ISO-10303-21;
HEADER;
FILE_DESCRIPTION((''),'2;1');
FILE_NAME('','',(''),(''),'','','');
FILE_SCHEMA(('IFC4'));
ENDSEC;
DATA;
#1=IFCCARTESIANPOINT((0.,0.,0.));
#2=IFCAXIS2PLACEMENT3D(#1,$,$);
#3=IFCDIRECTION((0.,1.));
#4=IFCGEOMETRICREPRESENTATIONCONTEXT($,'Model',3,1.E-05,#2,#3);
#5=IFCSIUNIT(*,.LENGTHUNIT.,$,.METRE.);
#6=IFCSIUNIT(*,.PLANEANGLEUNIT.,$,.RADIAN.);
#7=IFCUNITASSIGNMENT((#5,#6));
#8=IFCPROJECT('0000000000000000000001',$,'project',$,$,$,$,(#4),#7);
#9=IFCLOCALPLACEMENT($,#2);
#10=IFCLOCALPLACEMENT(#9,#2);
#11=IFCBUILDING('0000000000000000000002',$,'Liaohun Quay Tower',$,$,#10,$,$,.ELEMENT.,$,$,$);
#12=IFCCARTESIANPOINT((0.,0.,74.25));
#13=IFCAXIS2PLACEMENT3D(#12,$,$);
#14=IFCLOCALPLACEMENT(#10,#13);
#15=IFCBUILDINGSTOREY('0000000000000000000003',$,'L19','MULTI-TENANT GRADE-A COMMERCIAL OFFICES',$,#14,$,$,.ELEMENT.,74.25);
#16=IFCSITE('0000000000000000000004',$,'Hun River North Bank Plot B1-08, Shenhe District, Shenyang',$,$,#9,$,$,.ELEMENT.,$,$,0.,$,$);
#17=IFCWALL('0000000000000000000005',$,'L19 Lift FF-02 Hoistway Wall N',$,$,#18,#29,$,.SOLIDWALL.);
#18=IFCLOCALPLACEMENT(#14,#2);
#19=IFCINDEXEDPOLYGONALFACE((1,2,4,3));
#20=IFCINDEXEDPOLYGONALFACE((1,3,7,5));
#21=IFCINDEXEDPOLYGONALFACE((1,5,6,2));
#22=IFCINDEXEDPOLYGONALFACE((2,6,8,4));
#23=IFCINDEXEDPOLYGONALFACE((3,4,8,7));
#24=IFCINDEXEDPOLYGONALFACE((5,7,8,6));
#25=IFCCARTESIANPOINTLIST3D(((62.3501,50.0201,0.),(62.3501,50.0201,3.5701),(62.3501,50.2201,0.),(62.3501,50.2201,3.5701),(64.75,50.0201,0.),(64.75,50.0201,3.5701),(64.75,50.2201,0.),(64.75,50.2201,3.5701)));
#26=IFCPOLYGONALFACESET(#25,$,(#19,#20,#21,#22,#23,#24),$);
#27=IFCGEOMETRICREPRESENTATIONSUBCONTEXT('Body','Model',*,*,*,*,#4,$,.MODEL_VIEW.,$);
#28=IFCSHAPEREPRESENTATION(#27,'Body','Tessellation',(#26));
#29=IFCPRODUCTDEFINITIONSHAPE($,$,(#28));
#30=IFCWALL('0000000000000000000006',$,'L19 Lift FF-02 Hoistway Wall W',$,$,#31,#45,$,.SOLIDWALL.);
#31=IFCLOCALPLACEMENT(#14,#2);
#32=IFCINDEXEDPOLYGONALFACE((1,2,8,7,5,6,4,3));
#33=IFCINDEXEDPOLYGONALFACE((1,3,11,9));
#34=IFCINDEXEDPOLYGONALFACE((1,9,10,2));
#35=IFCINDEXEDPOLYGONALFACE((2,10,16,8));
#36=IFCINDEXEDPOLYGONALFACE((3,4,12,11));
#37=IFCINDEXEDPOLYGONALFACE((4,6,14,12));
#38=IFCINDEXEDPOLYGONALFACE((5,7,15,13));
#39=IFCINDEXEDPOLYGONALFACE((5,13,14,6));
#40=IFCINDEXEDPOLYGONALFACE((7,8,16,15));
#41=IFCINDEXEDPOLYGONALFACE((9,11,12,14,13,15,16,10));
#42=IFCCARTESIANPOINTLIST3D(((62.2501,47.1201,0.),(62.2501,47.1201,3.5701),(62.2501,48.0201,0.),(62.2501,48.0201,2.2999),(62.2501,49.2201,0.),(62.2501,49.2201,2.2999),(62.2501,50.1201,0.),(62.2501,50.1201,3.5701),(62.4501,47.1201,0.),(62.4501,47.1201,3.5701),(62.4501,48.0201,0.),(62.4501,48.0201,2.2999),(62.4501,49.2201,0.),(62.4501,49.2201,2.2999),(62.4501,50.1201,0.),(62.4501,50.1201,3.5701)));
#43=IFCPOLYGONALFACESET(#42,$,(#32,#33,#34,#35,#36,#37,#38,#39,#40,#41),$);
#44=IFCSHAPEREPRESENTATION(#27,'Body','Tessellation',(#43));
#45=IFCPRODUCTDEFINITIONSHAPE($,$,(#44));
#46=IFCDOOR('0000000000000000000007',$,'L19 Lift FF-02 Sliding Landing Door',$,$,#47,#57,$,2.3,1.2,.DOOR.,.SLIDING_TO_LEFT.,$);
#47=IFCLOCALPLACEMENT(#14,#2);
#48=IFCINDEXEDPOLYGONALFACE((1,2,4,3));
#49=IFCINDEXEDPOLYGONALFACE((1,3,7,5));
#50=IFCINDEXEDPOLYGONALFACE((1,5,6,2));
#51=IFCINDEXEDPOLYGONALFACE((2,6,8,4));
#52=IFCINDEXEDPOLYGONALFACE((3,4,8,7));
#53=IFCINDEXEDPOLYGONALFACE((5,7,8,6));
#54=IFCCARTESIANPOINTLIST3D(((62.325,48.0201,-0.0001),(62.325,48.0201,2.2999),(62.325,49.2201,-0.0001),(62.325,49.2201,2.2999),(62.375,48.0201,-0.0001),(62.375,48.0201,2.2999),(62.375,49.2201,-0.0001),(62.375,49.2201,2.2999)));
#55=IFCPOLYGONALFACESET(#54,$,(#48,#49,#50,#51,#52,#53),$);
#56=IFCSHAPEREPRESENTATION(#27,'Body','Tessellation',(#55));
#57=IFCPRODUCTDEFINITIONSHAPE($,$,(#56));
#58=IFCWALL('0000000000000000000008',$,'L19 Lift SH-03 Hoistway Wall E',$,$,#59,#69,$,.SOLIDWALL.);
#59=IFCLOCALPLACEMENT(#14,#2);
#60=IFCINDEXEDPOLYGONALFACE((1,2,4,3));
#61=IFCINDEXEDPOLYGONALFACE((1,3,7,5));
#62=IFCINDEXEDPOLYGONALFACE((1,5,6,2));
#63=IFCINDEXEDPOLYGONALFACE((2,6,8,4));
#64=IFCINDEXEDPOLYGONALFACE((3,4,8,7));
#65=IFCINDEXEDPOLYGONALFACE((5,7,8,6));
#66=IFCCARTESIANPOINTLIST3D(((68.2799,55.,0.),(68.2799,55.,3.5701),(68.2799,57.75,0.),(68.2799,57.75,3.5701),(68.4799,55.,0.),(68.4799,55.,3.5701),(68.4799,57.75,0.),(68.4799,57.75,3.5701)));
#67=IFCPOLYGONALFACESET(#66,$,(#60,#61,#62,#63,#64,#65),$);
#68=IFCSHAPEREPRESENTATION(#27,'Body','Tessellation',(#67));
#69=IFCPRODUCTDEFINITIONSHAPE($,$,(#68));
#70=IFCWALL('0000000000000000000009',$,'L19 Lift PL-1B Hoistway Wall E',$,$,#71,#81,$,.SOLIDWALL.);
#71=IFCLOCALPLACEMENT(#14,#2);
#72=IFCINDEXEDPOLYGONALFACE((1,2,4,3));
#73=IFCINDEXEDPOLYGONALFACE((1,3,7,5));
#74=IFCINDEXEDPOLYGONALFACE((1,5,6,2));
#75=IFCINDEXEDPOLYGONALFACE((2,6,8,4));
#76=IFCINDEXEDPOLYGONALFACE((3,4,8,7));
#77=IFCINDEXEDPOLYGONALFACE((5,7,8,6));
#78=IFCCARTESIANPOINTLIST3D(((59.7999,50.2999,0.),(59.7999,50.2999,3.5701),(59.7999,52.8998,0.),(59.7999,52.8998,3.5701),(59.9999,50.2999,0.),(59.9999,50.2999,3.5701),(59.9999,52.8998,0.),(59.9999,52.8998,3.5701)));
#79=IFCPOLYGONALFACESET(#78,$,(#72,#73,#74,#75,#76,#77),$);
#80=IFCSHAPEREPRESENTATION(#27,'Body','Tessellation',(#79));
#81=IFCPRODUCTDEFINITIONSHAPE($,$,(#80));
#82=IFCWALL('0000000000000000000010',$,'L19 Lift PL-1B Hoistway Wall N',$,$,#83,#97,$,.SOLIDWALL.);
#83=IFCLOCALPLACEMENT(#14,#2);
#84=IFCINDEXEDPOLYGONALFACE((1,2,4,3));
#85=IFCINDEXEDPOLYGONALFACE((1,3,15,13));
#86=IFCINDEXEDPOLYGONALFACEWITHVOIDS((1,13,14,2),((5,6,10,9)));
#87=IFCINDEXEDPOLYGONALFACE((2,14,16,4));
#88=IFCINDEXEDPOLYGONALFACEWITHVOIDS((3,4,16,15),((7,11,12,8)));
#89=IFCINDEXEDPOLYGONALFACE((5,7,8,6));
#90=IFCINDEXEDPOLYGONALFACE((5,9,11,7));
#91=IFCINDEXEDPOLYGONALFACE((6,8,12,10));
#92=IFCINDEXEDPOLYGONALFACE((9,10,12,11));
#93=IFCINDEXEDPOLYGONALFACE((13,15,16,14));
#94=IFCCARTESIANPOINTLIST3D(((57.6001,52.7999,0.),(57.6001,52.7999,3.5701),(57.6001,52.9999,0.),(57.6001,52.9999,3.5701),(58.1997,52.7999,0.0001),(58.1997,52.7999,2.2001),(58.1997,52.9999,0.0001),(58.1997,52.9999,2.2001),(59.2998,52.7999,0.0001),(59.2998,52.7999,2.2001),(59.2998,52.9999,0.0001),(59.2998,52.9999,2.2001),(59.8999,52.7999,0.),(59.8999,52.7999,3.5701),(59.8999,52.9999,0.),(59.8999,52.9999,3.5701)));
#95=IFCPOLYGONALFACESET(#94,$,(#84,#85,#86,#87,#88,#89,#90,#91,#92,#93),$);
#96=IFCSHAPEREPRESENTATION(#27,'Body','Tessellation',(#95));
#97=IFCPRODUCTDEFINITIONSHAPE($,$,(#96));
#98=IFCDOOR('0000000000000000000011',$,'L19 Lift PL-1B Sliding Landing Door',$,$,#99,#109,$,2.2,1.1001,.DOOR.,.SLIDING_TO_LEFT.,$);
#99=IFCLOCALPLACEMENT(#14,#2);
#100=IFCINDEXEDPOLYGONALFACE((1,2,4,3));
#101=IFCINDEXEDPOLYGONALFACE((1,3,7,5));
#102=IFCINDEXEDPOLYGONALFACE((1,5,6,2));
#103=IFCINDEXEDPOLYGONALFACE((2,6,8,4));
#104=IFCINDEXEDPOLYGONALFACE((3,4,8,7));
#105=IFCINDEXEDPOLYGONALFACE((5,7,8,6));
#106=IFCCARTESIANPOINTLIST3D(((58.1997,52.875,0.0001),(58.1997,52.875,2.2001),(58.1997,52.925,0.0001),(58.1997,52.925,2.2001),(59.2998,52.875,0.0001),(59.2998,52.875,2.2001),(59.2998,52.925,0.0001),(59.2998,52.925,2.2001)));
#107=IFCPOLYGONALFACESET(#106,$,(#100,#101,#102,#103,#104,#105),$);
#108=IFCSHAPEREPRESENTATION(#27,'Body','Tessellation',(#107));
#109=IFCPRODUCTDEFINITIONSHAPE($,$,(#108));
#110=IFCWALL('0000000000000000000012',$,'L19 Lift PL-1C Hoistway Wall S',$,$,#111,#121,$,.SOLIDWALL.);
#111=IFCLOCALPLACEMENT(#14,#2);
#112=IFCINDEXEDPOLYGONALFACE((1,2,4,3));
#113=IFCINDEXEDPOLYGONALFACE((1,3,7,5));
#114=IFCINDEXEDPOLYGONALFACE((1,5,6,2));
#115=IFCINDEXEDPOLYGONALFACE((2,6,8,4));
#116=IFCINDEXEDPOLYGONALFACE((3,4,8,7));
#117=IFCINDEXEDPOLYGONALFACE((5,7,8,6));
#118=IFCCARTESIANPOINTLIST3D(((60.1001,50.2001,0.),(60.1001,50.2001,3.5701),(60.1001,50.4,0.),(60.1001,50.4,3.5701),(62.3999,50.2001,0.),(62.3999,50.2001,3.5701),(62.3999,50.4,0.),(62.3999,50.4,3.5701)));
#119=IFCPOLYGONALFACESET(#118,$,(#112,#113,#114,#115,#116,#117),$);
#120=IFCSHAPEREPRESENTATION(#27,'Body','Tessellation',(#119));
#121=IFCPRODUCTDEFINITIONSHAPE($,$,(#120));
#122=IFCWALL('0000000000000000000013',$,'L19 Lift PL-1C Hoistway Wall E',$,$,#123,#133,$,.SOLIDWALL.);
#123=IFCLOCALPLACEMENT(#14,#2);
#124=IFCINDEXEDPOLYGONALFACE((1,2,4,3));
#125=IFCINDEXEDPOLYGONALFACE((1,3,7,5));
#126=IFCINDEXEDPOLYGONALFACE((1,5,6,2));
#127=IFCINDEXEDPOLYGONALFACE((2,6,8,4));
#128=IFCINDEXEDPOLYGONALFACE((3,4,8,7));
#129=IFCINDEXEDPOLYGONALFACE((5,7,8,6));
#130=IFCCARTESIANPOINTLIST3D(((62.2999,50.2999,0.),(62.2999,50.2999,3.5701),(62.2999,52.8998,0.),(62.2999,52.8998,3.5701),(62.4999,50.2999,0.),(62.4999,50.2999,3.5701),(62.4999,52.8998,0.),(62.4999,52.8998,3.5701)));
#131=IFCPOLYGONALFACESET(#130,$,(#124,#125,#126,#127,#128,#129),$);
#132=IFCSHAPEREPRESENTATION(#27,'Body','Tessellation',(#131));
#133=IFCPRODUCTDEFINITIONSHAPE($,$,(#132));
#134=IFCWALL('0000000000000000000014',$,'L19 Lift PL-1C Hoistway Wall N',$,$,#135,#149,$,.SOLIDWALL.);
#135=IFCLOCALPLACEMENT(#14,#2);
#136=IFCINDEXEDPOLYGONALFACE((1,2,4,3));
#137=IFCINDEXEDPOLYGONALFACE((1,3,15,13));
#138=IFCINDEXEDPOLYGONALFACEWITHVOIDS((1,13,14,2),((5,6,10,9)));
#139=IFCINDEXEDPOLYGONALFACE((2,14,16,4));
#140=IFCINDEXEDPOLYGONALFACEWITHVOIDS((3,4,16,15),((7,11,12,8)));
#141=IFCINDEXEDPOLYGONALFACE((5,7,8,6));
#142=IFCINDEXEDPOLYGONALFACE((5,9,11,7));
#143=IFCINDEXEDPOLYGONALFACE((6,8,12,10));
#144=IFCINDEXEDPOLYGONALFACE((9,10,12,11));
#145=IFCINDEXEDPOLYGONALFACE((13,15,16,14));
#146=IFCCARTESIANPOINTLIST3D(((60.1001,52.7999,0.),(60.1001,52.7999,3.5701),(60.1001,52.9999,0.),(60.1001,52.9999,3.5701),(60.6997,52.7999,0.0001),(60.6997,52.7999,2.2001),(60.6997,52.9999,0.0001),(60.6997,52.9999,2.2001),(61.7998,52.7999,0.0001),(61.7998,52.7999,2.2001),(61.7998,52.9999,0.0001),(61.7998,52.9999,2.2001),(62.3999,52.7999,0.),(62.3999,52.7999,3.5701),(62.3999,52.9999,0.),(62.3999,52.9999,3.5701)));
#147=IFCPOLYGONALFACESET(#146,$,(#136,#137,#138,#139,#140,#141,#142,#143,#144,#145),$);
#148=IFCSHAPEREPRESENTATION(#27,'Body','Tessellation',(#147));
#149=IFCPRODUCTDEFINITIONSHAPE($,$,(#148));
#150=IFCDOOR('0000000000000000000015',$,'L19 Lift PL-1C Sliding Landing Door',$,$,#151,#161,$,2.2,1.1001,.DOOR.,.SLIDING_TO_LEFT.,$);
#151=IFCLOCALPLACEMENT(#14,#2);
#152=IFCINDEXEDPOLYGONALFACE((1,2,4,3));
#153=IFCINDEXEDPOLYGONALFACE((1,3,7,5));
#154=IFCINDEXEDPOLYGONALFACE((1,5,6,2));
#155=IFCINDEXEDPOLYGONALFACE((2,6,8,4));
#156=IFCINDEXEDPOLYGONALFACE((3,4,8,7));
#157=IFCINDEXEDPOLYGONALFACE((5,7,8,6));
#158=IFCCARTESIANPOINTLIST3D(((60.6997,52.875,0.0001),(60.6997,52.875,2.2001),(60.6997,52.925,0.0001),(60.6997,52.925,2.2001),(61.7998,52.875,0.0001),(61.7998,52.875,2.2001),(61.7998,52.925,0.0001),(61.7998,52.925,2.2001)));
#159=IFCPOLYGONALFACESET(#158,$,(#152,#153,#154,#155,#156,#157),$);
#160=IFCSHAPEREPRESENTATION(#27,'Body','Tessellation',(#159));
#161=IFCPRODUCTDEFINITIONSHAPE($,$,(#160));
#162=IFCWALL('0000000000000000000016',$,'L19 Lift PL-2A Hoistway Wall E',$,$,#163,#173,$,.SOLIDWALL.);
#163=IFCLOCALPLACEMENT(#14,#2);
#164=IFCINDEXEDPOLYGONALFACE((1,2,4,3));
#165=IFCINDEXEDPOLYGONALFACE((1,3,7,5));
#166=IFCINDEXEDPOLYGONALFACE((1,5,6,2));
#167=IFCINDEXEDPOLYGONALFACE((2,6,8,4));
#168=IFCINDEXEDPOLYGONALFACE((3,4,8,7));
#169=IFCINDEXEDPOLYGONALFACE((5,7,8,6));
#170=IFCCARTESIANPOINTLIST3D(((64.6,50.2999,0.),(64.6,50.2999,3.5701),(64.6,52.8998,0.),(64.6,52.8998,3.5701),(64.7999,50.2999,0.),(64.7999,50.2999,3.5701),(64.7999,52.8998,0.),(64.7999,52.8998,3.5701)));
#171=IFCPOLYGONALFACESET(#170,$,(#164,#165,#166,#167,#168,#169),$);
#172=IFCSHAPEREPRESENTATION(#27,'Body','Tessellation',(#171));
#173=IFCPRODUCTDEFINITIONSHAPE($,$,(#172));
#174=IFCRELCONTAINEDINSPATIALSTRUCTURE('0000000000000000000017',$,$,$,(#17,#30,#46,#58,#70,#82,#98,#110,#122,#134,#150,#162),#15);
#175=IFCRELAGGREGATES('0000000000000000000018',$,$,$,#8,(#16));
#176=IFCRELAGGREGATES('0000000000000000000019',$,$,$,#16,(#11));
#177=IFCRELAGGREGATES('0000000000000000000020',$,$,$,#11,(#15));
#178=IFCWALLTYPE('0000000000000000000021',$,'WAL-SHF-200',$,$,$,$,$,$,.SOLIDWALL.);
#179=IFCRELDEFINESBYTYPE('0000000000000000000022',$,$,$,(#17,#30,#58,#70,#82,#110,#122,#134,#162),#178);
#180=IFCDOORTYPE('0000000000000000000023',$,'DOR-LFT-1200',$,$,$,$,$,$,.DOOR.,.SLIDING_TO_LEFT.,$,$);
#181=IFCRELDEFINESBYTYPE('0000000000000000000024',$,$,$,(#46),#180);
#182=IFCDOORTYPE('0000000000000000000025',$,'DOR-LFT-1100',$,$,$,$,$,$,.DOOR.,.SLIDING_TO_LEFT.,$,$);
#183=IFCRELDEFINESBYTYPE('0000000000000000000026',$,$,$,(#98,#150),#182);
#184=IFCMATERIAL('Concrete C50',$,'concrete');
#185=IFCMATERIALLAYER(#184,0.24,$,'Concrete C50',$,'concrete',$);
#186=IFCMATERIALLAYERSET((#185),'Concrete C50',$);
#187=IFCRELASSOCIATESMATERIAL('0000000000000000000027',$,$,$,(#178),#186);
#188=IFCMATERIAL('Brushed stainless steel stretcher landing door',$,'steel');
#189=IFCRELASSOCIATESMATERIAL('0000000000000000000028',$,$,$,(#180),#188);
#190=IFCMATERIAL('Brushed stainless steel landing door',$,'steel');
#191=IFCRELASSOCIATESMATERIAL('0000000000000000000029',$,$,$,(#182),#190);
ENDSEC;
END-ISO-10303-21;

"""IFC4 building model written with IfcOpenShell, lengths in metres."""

from ifc_helpers import new_model, si_unit, direction, frame, frame_2d, origin, place, context, subcontext, project, spatial, rectangle, extrude, source, transform, mapped, material, layer, layer_set, type_object, element, fill, save


model = new_model("IFC4")

# Units and contexts
model_context = context("Model", 3, precision=1e-05, world=origin(), true_north=direction((0.0, 1.0)))
body_context = subcontext(model_context, "Body", "Model", "MODEL_VIEW")
ifc_project = project(units=[si_unit("LENGTHUNIT", "METRE"), si_unit("PLANEANGLEUNIT", "RADIAN")], contexts=[model_context])

# Site, building, storey
site_placement = place(None, origin())
site = spatial("IfcSite", under=ifc_project, at=site_placement, Name="Hun River North Bank Plot B1-08, Shenhe District, Shenyang", CompositionType="ELEMENT", RefElevation=0.0)
building_placement = place(site_placement, origin())
building = spatial("IfcBuilding", under=site, at=building_placement, Name="Liaohun Quay Tower", CompositionType="ELEMENT")
storey_placement = place(building_placement, frame((0.0, 0.0, 74.25)))
storey = spatial("IfcBuildingStorey", under=building, at=storey_placement, Name="L19", Description="MULTI-TENANT GRADE-A COMMERCIAL OFFICES", CompositionType="ELEMENT", Elevation=74.25)

# Shared definitions
ifc_material_1 = material(Name="Concrete C50", Category="concrete")
ifc_layer_1 = layer(ifc_material_1, 0.24, Name="Concrete C50", Category="concrete")
ifc_layer_set_1 = layer_set([ifc_layer_1], Name="Concrete C50")
wall_type_1 = type_object("IfcWallType", Name="WAL-SHF-200", PredefinedType="SOLIDWALL", material=ifc_layer_set_1)

# Wall
wall_1_placement = place(storey_placement, frame((64.75, 50.1201, 0.0), z_axis=(0.0, 0.0, 1.0), x_axis=(-1.0, 0.0, 0.0)))
element("IfcWall", 1, at=wall_1_placement, inside=storey, type_object=wall_type_1, Name="L19 Lift FF-02 Hoistway Wall N", PredefinedType="SOLIDWALL", context=body_context, shape_type="SweptSolid", body=[
    extrude(rectangle(XDim=2.3999, YDim=0.2, at=frame_2d((1.2, 0.0))), origin(), (0.0, 0.0, 1.0), 3.5701),
])

# Wall, opening, door
wall_2_placement = place(storey_placement, frame((62.3501, 50.1201, 0.0), z_axis=(0.0, 0.0, 1.0), x_axis=(0.0, -1.0, 0.0)))
wall_2 = element("IfcWall", 2, at=wall_2_placement, inside=storey, type_object=wall_type_1, Name="L19 Lift FF-02 Hoistway Wall W", PredefinedType="SOLIDWALL", context=body_context, shape_type="SweptSolid", body=[
    extrude(rectangle(XDim=3.0, YDim=0.2, at=frame_2d((1.5, 0.0))), origin(), (0.0, 0.0, 1.0), 3.5701),
])
shared_shape_1 = source(origin(), body_context, "Body", "SweptSolid", [
    extrude(rectangle(XDim=1.2, YDim=2.3, at=frame_2d((0.6001, 1.1499))), frame((0.0, 0.1099, 0.0), z_axis=(0.0, -1.0, 0.0), x_axis=(1.0, 0.0, 0.0)), (0.0, 0.0, 1.0), 0.22),
])
opening_1_placement = place(wall_2_placement, frame((0.8999, 0.0, 0.0)))
opening_1 = element("IfcOpeningElement", 3, at=opening_1_placement, cuts=wall_2, PredefinedType="OPENING", context=body_context, shape_type="MappedRepresentation", body=[
    mapped(shared_shape_1, transform((0.0, 0.0, 0.0), x_axis=(1.0, 0.0, 0.0), y_axis=(0.0, 1.0, 0.0), z_axis=(0.0, 0.0, 1.0), scale=1.0)),
])
ifc_material_2 = material(Name="Brushed stainless steel stretcher landing door", Category="steel")
door_type_1 = type_object("IfcDoorType", Name="DOR-LFT-1200", OperationType="SLIDING_TO_LEFT", PredefinedType="DOOR", material=ifc_material_2)
shared_shape_2 = source(origin(), body_context, "Body", "SweptSolid", [
    extrude(rectangle(XDim=1.2, YDim=2.3, at=frame_2d((0.6001, 1.1499))), frame((0.0, 0.0249, 0.0), z_axis=(0.0, -1.0, 0.0), x_axis=(1.0, 0.0, 0.0)), (0.0, 0.0, 1.0), 0.05),
])
door_1_placement = place(opening_1_placement, origin())
door_1 = element("IfcDoor", 4, at=door_1_placement, inside=storey, type_object=door_type_1, Name="L19 Lift FF-02 Sliding Landing Door", OperationType="SLIDING_TO_LEFT", OverallHeight=2.3, OverallWidth=1.2, PredefinedType="DOOR", context=body_context, shape_type="MappedRepresentation", body=[
    mapped(shared_shape_2, transform((0.0, 0.0, 0.0), x_axis=(1.0, 0.0, 0.0), y_axis=(0.0, 1.0, 0.0), z_axis=(0.0, 0.0, 1.0), scale=1.0)),
])
fill(opening_1, door_1)

# Walls
wall_3_placement = place(storey_placement, frame((68.3799, 55.0, 0.0), z_axis=(0.0, 0.0, 1.0), x_axis=(0.0, 1.0, 0.0)))
element("IfcWall", 5, at=wall_3_placement, inside=storey, type_object=wall_type_1, Name="L19 Lift SH-03 Hoistway Wall E", PredefinedType="SOLIDWALL", context=body_context, shape_type="SweptSolid", body=[
    extrude(rectangle(XDim=2.75, YDim=0.2, at=frame_2d((1.375, 0.0))), origin(), (0.0, 0.0, 1.0), 3.5701),
])
wall_4_placement = place(storey_placement, frame((59.8999, 50.3, 0.0), z_axis=(0.0, 0.0, 1.0), x_axis=(0.0, 1.0, 0.0)))
element("IfcWall", 6, at=wall_4_placement, inside=storey, type_object=wall_type_1, Name="L19 Lift PL-1B Hoistway Wall E", PredefinedType="SOLIDWALL", context=body_context, shape_type="SweptSolid", body=[
    extrude(rectangle(XDim=2.5999, YDim=0.2, at=frame_2d((1.2998, 0.0))), origin(), (0.0, 0.0, 1.0), 3.5701),
])

# Wall, opening, door
wall_5_placement = place(storey_placement, frame((59.8999, 52.8999, 0.0), z_axis=(0.0, 0.0, 1.0), x_axis=(-1.0, 0.0, 0.0)))
wall_5 = element("IfcWall", 7, at=wall_5_placement, inside=storey, type_object=wall_type_1, Name="L19 Lift PL-1B Hoistway Wall N", PredefinedType="SOLIDWALL", context=body_context, shape_type="SweptSolid", body=[
    extrude(rectangle(XDim=2.2998, YDim=0.2, at=frame_2d((1.1499, 0.0))), origin(), (0.0, 0.0, 1.0), 3.5701),
])
shared_shape_3 = source(origin(), body_context, "Body", "SweptSolid", [
    extrude(rectangle(XDim=1.1001, YDim=2.2, at=frame_2d((0.55, 1.1001))), frame((0.0, 0.1099, 0.0), z_axis=(0.0, -1.0, 0.0), x_axis=(1.0, 0.0, 0.0)), (0.0, 0.0, 1.0), 0.22),
])
opening_2_placement = place(wall_5_placement, frame((0.6001, 0.0, 0.0)))
opening_2 = element("IfcOpeningElement", 8, at=opening_2_placement, cuts=wall_5, PredefinedType="OPENING", context=body_context, shape_type="MappedRepresentation", body=[
    mapped(shared_shape_3, transform((0.0, 0.0, 0.0), x_axis=(1.0, 0.0, 0.0), y_axis=(0.0, 1.0, 0.0), z_axis=(0.0, 0.0, 1.0), scale=1.0)),
])
ifc_material_3 = material(Name="Brushed stainless steel landing door", Category="steel")
door_type_2 = type_object("IfcDoorType", Name="DOR-LFT-1100", OperationType="SLIDING_TO_LEFT", PredefinedType="DOOR", material=ifc_material_3)
shared_shape_4 = source(origin(), body_context, "Body", "SweptSolid", [
    extrude(rectangle(XDim=1.1001, YDim=2.2, at=frame_2d((0.55, 1.1001))), frame((0.0, 0.0249, 0.0), z_axis=(0.0, -1.0, 0.0), x_axis=(1.0, 0.0, 0.0)), (0.0, 0.0, 1.0), 0.05),
])
door_2_placement = place(opening_2_placement, origin())
door_2 = element("IfcDoor", 9, at=door_2_placement, inside=storey, type_object=door_type_2, Name="L19 Lift PL-1B Sliding Landing Door", OperationType="SLIDING_TO_LEFT", OverallHeight=2.2, OverallWidth=1.1001, PredefinedType="DOOR", context=body_context, shape_type="MappedRepresentation", body=[
    mapped(shared_shape_4, transform((0.0, 0.0, 0.0), x_axis=(1.0, 0.0, 0.0), y_axis=(0.0, 1.0, 0.0), z_axis=(0.0, 0.0, 1.0), scale=1.0)),
])
fill(opening_2, door_2)

# Walls
wall_6_placement = place(storey_placement, frame((60.1001, 50.3, 0.0), z_axis=(0.0, 0.0, 1.0), x_axis=(1.0, 0.0, 0.0)))
element("IfcWall", 10, at=wall_6_placement, inside=storey, type_object=wall_type_1, Name="L19 Lift PL-1C Hoistway Wall S", PredefinedType="SOLIDWALL", context=body_context, shape_type="SweptSolid", body=[
    extrude(rectangle(XDim=2.2998, YDim=0.2, at=frame_2d((1.1499, 0.0))), origin(), (0.0, 0.0, 1.0), 3.5701),
])
wall_7_placement = place(storey_placement, frame((62.3999, 50.3, 0.0), z_axis=(0.0, 0.0, 1.0), x_axis=(0.0, 1.0, 0.0)))
element("IfcWall", 11, at=wall_7_placement, inside=storey, type_object=wall_type_1, Name="L19 Lift PL-1C Hoistway Wall E", PredefinedType="SOLIDWALL", context=body_context, shape_type="SweptSolid", body=[
    extrude(rectangle(XDim=2.5999, YDim=0.2, at=frame_2d((1.2998, 0.0))), origin(), (0.0, 0.0, 1.0), 3.5701),
])

# Wall, opening, door
wall_8_placement = place(storey_placement, frame((62.3999, 52.8999, 0.0), z_axis=(0.0, 0.0, 1.0), x_axis=(-1.0, 0.0, 0.0)))
wall_8 = element("IfcWall", 12, at=wall_8_placement, inside=storey, type_object=wall_type_1, Name="L19 Lift PL-1C Hoistway Wall N", PredefinedType="SOLIDWALL", context=body_context, shape_type="SweptSolid", body=[
    extrude(rectangle(XDim=2.2998, YDim=0.2, at=frame_2d((1.1499, 0.0))), origin(), (0.0, 0.0, 1.0), 3.5701),
])
opening_3_placement = place(wall_8_placement, frame((0.6001, 0.0, 0.0)))
opening_3 = element("IfcOpeningElement", 13, at=opening_3_placement, cuts=wall_8, PredefinedType="OPENING", context=body_context, shape_type="MappedRepresentation", body=[
    mapped(shared_shape_3, transform((0.0, 0.0, 0.0), x_axis=(1.0, 0.0, 0.0), y_axis=(0.0, 1.0, 0.0), z_axis=(0.0, 0.0, 1.0), scale=1.0)),
])
door_3_placement = place(opening_3_placement, origin())
door_3 = element("IfcDoor", 14, at=door_3_placement, inside=storey, type_object=door_type_2, Name="L19 Lift PL-1C Sliding Landing Door", OperationType="SLIDING_TO_LEFT", OverallHeight=2.2, OverallWidth=1.1001, PredefinedType="DOOR", context=body_context, shape_type="MappedRepresentation", body=[
    mapped(shared_shape_4, transform((0.0, 0.0, 0.0), x_axis=(1.0, 0.0, 0.0), y_axis=(0.0, 1.0, 0.0), z_axis=(0.0, 0.0, 1.0), scale=1.0)),
])
fill(opening_3, door_3)

# Wall
wall_9_placement = place(storey_placement, frame((64.7, 50.3, 0.0), z_axis=(0.0, 0.0, 1.0), x_axis=(0.0, 1.0, 0.0)))
element("IfcWall", 15, at=wall_9_placement, inside=storey, type_object=wall_type_1, Name="L19 Lift PL-2A Hoistway Wall E", PredefinedType="SOLIDWALL", context=body_context, shape_type="SweptSolid", body=[
    extrude(rectangle(XDim=2.5999, YDim=0.2, at=frame_2d((1.2998, 0.0))), origin(), (0.0, 0.0, 1.0), 3.5701),
])

save(model, "model.ifc")
